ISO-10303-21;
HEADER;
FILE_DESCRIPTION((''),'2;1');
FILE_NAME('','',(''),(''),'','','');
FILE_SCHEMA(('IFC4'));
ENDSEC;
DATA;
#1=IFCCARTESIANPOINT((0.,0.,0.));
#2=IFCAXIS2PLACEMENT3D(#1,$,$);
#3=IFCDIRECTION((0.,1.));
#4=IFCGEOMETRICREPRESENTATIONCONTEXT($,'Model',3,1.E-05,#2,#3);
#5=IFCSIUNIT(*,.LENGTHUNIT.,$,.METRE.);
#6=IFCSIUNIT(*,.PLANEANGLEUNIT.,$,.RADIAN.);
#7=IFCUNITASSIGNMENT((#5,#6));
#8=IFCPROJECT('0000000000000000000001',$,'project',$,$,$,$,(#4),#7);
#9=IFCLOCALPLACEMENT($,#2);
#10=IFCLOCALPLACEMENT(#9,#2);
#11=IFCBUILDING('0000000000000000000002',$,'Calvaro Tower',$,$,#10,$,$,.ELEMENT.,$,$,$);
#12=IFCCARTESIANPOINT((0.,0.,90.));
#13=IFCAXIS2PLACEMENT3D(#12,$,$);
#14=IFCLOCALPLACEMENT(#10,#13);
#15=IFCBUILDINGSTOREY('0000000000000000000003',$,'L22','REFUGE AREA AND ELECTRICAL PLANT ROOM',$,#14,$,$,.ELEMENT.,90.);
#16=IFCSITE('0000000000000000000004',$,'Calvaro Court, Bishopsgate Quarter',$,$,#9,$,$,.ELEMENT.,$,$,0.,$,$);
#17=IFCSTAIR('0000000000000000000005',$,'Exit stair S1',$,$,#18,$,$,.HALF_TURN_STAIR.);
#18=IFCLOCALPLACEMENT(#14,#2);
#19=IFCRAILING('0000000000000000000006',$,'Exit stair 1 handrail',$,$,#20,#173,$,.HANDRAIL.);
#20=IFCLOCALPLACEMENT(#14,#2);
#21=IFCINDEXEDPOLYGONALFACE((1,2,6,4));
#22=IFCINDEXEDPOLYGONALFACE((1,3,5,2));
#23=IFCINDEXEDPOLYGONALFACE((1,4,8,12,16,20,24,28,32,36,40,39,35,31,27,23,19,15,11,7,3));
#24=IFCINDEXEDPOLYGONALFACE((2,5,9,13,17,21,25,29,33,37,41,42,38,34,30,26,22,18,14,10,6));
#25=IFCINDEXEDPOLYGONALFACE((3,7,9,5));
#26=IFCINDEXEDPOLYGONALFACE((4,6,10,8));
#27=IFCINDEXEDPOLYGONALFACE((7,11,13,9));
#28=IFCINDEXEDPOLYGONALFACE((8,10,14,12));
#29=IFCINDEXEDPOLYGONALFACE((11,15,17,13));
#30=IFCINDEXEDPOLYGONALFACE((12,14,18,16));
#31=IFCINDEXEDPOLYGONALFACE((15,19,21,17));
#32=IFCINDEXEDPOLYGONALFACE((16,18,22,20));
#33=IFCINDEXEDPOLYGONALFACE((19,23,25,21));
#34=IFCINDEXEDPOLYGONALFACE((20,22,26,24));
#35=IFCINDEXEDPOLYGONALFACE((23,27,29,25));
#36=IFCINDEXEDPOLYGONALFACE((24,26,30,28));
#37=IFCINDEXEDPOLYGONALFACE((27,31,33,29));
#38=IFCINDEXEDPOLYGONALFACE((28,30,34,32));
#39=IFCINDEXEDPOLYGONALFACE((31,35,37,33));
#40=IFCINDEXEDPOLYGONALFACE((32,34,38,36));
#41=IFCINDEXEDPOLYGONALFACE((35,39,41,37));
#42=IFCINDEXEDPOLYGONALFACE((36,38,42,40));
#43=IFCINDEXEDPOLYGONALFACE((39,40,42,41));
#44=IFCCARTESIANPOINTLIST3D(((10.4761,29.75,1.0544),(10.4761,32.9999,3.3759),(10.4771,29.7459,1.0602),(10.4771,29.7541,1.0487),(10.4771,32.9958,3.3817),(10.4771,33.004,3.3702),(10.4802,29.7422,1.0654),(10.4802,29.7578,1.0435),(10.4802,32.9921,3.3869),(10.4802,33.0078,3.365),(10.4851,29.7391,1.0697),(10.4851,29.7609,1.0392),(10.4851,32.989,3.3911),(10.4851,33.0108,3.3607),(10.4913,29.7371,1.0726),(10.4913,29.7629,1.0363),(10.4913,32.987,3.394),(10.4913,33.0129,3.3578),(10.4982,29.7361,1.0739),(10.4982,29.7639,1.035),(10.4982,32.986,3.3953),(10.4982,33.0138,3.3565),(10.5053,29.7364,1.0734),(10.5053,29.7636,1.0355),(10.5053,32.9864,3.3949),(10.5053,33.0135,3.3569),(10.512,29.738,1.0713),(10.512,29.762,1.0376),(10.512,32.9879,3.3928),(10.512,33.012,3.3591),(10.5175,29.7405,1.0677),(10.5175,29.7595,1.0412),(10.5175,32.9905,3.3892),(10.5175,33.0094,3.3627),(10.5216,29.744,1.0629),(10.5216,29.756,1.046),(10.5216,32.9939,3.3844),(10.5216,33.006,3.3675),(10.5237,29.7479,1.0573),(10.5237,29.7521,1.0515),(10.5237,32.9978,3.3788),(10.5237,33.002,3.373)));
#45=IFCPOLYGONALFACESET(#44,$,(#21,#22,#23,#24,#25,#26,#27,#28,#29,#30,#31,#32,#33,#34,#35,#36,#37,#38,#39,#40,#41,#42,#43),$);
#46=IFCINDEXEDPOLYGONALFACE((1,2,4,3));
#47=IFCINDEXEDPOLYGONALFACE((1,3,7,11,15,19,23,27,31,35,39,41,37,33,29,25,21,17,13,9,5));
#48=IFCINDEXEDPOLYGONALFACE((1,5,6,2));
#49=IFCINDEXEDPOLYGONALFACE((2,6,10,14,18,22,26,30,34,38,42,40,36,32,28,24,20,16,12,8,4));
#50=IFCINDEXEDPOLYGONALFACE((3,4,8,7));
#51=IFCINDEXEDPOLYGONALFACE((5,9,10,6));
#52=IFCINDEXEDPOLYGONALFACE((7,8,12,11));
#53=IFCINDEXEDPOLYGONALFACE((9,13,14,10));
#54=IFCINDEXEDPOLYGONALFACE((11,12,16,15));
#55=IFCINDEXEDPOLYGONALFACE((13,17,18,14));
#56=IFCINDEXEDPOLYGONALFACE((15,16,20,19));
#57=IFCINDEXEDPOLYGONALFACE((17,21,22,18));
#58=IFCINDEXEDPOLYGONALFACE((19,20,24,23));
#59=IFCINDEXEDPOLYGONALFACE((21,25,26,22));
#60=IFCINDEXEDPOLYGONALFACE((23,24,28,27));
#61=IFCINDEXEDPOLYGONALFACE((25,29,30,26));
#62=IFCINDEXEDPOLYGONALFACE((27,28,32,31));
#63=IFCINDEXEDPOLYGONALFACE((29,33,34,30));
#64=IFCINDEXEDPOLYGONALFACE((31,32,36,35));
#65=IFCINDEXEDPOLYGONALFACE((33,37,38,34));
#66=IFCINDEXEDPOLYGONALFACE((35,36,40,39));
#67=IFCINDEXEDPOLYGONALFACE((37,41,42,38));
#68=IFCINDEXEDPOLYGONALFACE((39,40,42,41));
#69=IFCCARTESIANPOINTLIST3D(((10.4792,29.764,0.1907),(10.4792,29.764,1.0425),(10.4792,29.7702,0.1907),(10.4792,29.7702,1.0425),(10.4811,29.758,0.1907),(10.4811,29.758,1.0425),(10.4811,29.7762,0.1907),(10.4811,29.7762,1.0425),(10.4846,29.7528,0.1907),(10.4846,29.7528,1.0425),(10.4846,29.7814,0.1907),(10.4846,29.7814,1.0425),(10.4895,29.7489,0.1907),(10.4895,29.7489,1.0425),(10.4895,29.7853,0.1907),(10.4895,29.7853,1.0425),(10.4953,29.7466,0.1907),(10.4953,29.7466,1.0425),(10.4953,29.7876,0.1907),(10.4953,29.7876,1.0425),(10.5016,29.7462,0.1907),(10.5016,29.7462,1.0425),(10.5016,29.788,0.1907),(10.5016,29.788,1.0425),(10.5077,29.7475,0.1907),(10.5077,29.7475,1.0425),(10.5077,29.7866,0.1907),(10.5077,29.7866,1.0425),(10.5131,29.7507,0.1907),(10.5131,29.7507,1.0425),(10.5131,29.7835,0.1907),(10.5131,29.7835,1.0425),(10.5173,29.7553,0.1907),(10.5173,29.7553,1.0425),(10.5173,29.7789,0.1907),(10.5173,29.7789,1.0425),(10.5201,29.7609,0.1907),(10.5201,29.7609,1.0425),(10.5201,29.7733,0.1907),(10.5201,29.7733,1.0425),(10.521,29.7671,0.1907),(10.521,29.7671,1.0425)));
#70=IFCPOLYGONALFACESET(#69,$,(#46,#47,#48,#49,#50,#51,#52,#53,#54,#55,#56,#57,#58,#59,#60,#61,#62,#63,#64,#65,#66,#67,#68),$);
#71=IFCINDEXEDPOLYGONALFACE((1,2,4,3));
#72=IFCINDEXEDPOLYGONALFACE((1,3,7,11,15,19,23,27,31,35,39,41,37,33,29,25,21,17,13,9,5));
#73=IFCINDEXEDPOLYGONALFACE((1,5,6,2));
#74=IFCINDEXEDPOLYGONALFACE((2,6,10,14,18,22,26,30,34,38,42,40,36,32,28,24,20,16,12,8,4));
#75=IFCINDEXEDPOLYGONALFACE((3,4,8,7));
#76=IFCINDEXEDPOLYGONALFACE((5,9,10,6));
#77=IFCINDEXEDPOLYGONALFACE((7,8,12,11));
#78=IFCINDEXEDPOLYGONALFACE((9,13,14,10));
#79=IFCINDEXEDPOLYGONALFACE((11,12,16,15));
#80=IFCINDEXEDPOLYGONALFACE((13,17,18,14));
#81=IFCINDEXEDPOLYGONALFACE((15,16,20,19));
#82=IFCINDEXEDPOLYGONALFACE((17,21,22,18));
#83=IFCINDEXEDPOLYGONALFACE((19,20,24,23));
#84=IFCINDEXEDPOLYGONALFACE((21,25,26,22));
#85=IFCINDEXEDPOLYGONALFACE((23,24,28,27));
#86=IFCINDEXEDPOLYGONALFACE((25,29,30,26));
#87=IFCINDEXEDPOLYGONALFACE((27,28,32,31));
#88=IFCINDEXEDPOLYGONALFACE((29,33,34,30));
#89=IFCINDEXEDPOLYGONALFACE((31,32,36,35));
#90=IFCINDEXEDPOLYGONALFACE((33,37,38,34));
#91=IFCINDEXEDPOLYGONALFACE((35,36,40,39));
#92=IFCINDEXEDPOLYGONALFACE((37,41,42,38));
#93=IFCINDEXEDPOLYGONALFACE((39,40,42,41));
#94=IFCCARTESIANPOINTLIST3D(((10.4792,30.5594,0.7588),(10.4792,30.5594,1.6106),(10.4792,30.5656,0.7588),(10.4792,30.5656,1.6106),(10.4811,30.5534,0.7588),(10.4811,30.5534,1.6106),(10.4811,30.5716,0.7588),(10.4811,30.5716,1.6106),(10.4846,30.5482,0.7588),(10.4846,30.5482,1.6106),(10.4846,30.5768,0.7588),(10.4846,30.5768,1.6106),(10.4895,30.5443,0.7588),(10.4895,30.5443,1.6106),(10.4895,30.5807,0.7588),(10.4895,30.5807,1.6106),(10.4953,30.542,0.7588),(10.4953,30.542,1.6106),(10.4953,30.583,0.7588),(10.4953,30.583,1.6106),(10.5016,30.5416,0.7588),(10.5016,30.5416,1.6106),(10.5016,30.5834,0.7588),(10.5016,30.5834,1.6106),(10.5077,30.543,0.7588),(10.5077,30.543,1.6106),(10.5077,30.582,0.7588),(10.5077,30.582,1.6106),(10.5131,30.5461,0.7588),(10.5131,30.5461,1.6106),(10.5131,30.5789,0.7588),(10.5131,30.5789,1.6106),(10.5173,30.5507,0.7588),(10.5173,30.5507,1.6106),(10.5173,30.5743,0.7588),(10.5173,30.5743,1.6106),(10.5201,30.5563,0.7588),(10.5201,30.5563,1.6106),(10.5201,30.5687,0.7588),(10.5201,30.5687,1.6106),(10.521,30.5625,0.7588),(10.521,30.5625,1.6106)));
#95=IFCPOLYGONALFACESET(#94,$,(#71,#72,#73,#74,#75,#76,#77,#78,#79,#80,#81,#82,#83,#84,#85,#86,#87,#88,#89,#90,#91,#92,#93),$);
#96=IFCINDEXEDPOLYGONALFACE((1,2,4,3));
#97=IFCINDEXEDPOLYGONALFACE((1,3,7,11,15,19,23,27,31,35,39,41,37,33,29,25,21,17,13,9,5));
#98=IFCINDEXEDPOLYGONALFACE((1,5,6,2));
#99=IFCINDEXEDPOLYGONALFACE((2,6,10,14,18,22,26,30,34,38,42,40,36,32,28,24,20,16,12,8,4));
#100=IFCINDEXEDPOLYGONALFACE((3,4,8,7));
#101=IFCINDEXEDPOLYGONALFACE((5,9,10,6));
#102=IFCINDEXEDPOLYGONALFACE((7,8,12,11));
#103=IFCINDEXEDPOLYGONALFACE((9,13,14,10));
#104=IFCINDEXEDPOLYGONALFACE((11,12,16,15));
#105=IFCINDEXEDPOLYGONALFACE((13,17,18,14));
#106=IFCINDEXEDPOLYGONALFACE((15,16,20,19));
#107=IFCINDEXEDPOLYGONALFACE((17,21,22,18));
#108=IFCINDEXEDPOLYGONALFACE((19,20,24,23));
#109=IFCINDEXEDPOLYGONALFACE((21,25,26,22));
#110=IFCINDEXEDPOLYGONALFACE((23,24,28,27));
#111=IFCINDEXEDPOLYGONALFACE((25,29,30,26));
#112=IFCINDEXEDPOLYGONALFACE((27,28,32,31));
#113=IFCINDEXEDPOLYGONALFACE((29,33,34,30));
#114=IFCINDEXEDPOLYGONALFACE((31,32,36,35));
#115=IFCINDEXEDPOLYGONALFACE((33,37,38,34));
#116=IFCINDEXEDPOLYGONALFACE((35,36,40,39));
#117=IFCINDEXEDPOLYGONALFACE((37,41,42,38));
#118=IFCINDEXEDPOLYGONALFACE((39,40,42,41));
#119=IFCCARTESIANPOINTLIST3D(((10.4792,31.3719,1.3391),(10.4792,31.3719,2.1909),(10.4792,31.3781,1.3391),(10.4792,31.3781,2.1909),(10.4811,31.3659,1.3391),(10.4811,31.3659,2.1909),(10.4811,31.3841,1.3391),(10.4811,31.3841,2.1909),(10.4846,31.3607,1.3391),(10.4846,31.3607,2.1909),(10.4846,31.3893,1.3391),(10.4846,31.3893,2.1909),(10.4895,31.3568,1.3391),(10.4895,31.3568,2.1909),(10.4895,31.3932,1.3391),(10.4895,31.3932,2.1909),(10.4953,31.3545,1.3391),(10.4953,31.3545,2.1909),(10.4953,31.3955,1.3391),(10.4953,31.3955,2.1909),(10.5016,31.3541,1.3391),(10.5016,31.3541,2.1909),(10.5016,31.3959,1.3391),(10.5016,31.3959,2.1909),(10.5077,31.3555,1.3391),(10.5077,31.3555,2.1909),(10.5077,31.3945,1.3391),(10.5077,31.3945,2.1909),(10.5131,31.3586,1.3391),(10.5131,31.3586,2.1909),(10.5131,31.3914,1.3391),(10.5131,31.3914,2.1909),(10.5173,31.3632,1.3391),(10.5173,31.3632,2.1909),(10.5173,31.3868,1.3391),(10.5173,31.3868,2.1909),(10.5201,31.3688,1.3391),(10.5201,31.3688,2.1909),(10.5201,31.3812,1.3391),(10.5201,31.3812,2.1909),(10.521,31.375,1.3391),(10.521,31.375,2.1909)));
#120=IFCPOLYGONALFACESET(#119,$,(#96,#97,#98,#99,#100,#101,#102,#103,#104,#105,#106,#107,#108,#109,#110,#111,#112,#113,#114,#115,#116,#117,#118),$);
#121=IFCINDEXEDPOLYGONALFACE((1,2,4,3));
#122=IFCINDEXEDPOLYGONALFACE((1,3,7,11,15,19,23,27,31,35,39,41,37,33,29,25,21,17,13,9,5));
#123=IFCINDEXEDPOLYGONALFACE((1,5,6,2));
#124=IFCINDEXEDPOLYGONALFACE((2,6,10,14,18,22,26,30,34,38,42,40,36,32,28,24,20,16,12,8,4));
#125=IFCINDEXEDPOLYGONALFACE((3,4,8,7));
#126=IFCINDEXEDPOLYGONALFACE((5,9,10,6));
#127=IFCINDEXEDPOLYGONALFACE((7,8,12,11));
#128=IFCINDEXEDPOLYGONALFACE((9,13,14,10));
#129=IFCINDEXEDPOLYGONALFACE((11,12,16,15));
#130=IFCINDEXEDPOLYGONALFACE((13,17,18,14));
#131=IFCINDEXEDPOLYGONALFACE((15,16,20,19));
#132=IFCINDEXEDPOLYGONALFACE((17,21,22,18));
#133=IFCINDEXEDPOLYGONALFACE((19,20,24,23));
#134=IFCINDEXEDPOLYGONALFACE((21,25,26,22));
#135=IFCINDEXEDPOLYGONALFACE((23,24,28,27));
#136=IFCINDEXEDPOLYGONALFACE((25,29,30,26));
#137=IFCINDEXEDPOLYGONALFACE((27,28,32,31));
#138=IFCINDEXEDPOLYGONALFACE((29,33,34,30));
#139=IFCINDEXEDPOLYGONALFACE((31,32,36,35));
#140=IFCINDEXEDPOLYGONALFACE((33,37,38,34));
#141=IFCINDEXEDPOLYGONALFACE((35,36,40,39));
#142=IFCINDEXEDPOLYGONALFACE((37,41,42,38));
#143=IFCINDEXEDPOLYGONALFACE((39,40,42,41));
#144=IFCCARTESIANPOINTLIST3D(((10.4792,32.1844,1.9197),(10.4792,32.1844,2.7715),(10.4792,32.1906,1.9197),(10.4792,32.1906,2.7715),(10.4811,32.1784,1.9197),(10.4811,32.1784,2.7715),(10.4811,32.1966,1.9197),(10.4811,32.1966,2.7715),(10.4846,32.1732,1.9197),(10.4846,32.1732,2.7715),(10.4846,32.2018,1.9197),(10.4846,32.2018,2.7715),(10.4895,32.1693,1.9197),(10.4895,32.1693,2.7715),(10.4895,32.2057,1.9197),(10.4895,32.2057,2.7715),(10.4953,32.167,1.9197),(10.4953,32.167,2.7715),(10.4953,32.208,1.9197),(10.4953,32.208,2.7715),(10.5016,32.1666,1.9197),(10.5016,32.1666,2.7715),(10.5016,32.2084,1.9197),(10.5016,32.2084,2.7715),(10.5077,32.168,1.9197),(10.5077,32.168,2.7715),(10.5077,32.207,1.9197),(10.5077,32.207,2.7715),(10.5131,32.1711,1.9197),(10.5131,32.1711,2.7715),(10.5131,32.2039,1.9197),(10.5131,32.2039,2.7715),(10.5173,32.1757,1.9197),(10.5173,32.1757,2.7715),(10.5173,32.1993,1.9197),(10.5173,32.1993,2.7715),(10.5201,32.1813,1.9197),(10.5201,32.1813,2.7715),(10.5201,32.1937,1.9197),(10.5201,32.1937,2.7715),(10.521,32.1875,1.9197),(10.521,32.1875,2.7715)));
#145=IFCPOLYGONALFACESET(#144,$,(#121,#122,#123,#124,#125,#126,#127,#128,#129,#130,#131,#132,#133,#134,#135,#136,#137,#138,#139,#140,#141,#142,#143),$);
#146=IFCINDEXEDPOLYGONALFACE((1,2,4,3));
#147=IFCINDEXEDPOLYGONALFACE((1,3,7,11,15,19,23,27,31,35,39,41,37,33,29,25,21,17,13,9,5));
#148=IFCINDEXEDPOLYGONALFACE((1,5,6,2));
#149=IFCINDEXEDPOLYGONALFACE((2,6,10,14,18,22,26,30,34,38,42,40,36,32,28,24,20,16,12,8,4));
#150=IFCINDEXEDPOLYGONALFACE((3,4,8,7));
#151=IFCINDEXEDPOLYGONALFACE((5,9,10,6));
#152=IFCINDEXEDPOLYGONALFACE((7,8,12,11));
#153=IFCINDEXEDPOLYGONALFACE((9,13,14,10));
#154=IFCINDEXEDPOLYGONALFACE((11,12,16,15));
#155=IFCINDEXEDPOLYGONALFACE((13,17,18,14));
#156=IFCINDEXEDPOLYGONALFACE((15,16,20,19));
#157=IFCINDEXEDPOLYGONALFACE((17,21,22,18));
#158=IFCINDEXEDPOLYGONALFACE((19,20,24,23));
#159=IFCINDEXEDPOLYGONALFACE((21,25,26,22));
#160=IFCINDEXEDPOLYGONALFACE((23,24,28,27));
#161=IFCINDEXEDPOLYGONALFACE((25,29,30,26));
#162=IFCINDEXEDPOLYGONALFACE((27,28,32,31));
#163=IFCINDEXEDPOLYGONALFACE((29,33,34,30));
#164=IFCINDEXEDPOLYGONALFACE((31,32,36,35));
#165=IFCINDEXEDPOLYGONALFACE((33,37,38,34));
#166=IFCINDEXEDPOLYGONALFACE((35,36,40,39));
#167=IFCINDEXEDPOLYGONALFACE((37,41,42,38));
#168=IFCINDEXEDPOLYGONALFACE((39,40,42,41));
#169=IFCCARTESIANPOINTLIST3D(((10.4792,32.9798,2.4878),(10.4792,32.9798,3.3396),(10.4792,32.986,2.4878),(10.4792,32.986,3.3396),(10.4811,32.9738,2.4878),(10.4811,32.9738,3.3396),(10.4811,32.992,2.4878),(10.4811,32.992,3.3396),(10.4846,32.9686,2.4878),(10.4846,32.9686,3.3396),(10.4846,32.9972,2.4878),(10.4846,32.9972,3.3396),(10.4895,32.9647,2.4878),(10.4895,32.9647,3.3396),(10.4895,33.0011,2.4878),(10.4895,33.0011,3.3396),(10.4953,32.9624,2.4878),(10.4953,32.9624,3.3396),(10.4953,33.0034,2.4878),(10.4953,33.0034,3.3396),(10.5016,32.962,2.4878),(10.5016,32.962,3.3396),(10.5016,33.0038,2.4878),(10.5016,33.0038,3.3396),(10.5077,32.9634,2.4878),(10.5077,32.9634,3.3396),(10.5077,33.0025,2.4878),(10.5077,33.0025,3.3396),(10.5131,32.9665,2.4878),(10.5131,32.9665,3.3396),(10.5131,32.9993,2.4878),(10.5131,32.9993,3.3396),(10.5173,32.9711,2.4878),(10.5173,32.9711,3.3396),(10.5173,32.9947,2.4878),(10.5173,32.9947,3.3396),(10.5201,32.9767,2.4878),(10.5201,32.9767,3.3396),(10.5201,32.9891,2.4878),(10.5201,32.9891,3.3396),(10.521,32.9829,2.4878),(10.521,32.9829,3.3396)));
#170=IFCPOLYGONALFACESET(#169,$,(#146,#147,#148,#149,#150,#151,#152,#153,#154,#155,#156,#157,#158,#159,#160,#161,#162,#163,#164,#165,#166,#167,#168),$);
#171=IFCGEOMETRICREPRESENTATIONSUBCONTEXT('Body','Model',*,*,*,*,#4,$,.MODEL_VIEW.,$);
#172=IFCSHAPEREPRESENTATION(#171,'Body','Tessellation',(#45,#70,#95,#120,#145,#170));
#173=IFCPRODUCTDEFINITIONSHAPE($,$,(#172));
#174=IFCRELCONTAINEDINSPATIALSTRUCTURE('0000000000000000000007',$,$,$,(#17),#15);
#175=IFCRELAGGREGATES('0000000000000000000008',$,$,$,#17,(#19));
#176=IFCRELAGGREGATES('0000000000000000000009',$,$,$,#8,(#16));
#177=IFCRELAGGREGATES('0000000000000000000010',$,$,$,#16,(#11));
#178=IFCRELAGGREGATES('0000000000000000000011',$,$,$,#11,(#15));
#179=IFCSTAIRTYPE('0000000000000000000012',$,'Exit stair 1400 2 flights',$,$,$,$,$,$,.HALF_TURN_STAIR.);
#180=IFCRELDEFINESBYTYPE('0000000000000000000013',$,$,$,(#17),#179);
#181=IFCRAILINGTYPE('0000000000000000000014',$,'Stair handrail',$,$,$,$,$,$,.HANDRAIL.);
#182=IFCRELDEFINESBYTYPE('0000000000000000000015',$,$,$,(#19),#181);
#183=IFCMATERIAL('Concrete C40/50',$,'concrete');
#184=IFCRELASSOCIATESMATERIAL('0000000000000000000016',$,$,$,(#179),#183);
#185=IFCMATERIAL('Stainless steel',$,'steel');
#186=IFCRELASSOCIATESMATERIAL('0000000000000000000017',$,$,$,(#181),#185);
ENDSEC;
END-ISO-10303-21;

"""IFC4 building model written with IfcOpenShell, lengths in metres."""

from ifc_helpers import new_model, si_unit, direction, frame, origin, origin_2d, place, context, subcontext, project, spatial, circle, extrude, material, type_object, element, aggregate, save


model = new_model("IFC4")

# Units and contexts
model_context = context("Model", 3, precision=1e-05, world=origin(), true_north=direction((0.0, 1.0)))
body_context = subcontext(model_context, "Body", "Model", "MODEL_VIEW")
ifc_project = project(units=[si_unit("LENGTHUNIT", "METRE"), si_unit("PLANEANGLEUNIT", "RADIAN")], contexts=[model_context])

# Site, building, storey
site_placement = place(None, origin())
site = spatial("IfcSite", under=ifc_project, at=site_placement, Name="Calvaro Court, Bishopsgate Quarter", CompositionType="ELEMENT", RefElevation=0.0)
building_placement = place(site_placement, origin())
building = spatial("IfcBuilding", under=site, at=building_placement, Name="Calvaro Tower", CompositionType="ELEMENT")
storey_placement = place(building_placement, frame((0.0, 0.0, 90.0)))
storey = spatial("IfcBuildingStorey", under=building, at=storey_placement, Name="L22", Description="REFUGE AREA AND ELECTRICAL PLANT ROOM", CompositionType="ELEMENT", Elevation=90.0)

# Stair
ifc_material_1 = material(Name="Concrete C40/50", Category="concrete")
stair_type = type_object("IfcStairType", Name="Exit stair 1400 2 flights", PredefinedType="HALF_TURN_STAIR", material=ifc_material_1)
stair_1_placement = place(storey_placement, origin())
stair_1 = element("IfcStair", 1, at=stair_1_placement, inside=storey, type_object=stair_type, Name="Exit stair S1", PredefinedType="HALF_TURN_STAIR")

# Railing
ifc_material_2 = material(Name="Stainless steel", Category="steel")
railing_type = type_object("IfcRailingType", Name="Stair handrail", PredefinedType="HANDRAIL", material=ifc_material_2)
railing_1_placement = place(storey_placement, frame((10.5, 29.75, 0.1785)))
railing_1 = element("IfcRailing", 2, at=railing_1_placement, type_object=railing_type, Name="Exit stair 1 handrail", PredefinedType="HANDRAIL", context=body_context, shape_type="SweptSolid", body=[
    extrude(circle(Radius=0.0239, at=origin_2d()), frame((0.0, 0.0, 0.876), z_axis=(0.0, 0.813721, 0.581256), x_axis=(-1.0, 0.0, 0.0)), (0.0, 0.0, 1.0), 3.9939),
    extrude(circle(Radius=0.021, at=origin_2d()), frame((0.0, 0.0171, 0.0122)), (0.0, 0.0, 1.0), 0.8518),
    extrude(circle(Radius=0.021, at=origin_2d()), frame((0.0, 0.8125, 0.5803)), (0.0, 0.0, 1.0), 0.8518),
    extrude(circle(Radius=0.021, at=origin_2d()), frame((0.0, 1.625, 1.1606)), (0.0, 0.0, 1.0), 0.8518),
    extrude(circle(Radius=0.021, at=origin_2d()), frame((0.0, 2.4375, 1.7412)), (0.0, 0.0, 1.0), 0.8518),
    extrude(circle(Radius=0.021, at=origin_2d()), frame((0.0, 3.2329, 2.3093)), (0.0, 0.0, 1.0), 0.8518),
])
aggregate(stair_1, [railing_1])

save(model, "model.ifc")
